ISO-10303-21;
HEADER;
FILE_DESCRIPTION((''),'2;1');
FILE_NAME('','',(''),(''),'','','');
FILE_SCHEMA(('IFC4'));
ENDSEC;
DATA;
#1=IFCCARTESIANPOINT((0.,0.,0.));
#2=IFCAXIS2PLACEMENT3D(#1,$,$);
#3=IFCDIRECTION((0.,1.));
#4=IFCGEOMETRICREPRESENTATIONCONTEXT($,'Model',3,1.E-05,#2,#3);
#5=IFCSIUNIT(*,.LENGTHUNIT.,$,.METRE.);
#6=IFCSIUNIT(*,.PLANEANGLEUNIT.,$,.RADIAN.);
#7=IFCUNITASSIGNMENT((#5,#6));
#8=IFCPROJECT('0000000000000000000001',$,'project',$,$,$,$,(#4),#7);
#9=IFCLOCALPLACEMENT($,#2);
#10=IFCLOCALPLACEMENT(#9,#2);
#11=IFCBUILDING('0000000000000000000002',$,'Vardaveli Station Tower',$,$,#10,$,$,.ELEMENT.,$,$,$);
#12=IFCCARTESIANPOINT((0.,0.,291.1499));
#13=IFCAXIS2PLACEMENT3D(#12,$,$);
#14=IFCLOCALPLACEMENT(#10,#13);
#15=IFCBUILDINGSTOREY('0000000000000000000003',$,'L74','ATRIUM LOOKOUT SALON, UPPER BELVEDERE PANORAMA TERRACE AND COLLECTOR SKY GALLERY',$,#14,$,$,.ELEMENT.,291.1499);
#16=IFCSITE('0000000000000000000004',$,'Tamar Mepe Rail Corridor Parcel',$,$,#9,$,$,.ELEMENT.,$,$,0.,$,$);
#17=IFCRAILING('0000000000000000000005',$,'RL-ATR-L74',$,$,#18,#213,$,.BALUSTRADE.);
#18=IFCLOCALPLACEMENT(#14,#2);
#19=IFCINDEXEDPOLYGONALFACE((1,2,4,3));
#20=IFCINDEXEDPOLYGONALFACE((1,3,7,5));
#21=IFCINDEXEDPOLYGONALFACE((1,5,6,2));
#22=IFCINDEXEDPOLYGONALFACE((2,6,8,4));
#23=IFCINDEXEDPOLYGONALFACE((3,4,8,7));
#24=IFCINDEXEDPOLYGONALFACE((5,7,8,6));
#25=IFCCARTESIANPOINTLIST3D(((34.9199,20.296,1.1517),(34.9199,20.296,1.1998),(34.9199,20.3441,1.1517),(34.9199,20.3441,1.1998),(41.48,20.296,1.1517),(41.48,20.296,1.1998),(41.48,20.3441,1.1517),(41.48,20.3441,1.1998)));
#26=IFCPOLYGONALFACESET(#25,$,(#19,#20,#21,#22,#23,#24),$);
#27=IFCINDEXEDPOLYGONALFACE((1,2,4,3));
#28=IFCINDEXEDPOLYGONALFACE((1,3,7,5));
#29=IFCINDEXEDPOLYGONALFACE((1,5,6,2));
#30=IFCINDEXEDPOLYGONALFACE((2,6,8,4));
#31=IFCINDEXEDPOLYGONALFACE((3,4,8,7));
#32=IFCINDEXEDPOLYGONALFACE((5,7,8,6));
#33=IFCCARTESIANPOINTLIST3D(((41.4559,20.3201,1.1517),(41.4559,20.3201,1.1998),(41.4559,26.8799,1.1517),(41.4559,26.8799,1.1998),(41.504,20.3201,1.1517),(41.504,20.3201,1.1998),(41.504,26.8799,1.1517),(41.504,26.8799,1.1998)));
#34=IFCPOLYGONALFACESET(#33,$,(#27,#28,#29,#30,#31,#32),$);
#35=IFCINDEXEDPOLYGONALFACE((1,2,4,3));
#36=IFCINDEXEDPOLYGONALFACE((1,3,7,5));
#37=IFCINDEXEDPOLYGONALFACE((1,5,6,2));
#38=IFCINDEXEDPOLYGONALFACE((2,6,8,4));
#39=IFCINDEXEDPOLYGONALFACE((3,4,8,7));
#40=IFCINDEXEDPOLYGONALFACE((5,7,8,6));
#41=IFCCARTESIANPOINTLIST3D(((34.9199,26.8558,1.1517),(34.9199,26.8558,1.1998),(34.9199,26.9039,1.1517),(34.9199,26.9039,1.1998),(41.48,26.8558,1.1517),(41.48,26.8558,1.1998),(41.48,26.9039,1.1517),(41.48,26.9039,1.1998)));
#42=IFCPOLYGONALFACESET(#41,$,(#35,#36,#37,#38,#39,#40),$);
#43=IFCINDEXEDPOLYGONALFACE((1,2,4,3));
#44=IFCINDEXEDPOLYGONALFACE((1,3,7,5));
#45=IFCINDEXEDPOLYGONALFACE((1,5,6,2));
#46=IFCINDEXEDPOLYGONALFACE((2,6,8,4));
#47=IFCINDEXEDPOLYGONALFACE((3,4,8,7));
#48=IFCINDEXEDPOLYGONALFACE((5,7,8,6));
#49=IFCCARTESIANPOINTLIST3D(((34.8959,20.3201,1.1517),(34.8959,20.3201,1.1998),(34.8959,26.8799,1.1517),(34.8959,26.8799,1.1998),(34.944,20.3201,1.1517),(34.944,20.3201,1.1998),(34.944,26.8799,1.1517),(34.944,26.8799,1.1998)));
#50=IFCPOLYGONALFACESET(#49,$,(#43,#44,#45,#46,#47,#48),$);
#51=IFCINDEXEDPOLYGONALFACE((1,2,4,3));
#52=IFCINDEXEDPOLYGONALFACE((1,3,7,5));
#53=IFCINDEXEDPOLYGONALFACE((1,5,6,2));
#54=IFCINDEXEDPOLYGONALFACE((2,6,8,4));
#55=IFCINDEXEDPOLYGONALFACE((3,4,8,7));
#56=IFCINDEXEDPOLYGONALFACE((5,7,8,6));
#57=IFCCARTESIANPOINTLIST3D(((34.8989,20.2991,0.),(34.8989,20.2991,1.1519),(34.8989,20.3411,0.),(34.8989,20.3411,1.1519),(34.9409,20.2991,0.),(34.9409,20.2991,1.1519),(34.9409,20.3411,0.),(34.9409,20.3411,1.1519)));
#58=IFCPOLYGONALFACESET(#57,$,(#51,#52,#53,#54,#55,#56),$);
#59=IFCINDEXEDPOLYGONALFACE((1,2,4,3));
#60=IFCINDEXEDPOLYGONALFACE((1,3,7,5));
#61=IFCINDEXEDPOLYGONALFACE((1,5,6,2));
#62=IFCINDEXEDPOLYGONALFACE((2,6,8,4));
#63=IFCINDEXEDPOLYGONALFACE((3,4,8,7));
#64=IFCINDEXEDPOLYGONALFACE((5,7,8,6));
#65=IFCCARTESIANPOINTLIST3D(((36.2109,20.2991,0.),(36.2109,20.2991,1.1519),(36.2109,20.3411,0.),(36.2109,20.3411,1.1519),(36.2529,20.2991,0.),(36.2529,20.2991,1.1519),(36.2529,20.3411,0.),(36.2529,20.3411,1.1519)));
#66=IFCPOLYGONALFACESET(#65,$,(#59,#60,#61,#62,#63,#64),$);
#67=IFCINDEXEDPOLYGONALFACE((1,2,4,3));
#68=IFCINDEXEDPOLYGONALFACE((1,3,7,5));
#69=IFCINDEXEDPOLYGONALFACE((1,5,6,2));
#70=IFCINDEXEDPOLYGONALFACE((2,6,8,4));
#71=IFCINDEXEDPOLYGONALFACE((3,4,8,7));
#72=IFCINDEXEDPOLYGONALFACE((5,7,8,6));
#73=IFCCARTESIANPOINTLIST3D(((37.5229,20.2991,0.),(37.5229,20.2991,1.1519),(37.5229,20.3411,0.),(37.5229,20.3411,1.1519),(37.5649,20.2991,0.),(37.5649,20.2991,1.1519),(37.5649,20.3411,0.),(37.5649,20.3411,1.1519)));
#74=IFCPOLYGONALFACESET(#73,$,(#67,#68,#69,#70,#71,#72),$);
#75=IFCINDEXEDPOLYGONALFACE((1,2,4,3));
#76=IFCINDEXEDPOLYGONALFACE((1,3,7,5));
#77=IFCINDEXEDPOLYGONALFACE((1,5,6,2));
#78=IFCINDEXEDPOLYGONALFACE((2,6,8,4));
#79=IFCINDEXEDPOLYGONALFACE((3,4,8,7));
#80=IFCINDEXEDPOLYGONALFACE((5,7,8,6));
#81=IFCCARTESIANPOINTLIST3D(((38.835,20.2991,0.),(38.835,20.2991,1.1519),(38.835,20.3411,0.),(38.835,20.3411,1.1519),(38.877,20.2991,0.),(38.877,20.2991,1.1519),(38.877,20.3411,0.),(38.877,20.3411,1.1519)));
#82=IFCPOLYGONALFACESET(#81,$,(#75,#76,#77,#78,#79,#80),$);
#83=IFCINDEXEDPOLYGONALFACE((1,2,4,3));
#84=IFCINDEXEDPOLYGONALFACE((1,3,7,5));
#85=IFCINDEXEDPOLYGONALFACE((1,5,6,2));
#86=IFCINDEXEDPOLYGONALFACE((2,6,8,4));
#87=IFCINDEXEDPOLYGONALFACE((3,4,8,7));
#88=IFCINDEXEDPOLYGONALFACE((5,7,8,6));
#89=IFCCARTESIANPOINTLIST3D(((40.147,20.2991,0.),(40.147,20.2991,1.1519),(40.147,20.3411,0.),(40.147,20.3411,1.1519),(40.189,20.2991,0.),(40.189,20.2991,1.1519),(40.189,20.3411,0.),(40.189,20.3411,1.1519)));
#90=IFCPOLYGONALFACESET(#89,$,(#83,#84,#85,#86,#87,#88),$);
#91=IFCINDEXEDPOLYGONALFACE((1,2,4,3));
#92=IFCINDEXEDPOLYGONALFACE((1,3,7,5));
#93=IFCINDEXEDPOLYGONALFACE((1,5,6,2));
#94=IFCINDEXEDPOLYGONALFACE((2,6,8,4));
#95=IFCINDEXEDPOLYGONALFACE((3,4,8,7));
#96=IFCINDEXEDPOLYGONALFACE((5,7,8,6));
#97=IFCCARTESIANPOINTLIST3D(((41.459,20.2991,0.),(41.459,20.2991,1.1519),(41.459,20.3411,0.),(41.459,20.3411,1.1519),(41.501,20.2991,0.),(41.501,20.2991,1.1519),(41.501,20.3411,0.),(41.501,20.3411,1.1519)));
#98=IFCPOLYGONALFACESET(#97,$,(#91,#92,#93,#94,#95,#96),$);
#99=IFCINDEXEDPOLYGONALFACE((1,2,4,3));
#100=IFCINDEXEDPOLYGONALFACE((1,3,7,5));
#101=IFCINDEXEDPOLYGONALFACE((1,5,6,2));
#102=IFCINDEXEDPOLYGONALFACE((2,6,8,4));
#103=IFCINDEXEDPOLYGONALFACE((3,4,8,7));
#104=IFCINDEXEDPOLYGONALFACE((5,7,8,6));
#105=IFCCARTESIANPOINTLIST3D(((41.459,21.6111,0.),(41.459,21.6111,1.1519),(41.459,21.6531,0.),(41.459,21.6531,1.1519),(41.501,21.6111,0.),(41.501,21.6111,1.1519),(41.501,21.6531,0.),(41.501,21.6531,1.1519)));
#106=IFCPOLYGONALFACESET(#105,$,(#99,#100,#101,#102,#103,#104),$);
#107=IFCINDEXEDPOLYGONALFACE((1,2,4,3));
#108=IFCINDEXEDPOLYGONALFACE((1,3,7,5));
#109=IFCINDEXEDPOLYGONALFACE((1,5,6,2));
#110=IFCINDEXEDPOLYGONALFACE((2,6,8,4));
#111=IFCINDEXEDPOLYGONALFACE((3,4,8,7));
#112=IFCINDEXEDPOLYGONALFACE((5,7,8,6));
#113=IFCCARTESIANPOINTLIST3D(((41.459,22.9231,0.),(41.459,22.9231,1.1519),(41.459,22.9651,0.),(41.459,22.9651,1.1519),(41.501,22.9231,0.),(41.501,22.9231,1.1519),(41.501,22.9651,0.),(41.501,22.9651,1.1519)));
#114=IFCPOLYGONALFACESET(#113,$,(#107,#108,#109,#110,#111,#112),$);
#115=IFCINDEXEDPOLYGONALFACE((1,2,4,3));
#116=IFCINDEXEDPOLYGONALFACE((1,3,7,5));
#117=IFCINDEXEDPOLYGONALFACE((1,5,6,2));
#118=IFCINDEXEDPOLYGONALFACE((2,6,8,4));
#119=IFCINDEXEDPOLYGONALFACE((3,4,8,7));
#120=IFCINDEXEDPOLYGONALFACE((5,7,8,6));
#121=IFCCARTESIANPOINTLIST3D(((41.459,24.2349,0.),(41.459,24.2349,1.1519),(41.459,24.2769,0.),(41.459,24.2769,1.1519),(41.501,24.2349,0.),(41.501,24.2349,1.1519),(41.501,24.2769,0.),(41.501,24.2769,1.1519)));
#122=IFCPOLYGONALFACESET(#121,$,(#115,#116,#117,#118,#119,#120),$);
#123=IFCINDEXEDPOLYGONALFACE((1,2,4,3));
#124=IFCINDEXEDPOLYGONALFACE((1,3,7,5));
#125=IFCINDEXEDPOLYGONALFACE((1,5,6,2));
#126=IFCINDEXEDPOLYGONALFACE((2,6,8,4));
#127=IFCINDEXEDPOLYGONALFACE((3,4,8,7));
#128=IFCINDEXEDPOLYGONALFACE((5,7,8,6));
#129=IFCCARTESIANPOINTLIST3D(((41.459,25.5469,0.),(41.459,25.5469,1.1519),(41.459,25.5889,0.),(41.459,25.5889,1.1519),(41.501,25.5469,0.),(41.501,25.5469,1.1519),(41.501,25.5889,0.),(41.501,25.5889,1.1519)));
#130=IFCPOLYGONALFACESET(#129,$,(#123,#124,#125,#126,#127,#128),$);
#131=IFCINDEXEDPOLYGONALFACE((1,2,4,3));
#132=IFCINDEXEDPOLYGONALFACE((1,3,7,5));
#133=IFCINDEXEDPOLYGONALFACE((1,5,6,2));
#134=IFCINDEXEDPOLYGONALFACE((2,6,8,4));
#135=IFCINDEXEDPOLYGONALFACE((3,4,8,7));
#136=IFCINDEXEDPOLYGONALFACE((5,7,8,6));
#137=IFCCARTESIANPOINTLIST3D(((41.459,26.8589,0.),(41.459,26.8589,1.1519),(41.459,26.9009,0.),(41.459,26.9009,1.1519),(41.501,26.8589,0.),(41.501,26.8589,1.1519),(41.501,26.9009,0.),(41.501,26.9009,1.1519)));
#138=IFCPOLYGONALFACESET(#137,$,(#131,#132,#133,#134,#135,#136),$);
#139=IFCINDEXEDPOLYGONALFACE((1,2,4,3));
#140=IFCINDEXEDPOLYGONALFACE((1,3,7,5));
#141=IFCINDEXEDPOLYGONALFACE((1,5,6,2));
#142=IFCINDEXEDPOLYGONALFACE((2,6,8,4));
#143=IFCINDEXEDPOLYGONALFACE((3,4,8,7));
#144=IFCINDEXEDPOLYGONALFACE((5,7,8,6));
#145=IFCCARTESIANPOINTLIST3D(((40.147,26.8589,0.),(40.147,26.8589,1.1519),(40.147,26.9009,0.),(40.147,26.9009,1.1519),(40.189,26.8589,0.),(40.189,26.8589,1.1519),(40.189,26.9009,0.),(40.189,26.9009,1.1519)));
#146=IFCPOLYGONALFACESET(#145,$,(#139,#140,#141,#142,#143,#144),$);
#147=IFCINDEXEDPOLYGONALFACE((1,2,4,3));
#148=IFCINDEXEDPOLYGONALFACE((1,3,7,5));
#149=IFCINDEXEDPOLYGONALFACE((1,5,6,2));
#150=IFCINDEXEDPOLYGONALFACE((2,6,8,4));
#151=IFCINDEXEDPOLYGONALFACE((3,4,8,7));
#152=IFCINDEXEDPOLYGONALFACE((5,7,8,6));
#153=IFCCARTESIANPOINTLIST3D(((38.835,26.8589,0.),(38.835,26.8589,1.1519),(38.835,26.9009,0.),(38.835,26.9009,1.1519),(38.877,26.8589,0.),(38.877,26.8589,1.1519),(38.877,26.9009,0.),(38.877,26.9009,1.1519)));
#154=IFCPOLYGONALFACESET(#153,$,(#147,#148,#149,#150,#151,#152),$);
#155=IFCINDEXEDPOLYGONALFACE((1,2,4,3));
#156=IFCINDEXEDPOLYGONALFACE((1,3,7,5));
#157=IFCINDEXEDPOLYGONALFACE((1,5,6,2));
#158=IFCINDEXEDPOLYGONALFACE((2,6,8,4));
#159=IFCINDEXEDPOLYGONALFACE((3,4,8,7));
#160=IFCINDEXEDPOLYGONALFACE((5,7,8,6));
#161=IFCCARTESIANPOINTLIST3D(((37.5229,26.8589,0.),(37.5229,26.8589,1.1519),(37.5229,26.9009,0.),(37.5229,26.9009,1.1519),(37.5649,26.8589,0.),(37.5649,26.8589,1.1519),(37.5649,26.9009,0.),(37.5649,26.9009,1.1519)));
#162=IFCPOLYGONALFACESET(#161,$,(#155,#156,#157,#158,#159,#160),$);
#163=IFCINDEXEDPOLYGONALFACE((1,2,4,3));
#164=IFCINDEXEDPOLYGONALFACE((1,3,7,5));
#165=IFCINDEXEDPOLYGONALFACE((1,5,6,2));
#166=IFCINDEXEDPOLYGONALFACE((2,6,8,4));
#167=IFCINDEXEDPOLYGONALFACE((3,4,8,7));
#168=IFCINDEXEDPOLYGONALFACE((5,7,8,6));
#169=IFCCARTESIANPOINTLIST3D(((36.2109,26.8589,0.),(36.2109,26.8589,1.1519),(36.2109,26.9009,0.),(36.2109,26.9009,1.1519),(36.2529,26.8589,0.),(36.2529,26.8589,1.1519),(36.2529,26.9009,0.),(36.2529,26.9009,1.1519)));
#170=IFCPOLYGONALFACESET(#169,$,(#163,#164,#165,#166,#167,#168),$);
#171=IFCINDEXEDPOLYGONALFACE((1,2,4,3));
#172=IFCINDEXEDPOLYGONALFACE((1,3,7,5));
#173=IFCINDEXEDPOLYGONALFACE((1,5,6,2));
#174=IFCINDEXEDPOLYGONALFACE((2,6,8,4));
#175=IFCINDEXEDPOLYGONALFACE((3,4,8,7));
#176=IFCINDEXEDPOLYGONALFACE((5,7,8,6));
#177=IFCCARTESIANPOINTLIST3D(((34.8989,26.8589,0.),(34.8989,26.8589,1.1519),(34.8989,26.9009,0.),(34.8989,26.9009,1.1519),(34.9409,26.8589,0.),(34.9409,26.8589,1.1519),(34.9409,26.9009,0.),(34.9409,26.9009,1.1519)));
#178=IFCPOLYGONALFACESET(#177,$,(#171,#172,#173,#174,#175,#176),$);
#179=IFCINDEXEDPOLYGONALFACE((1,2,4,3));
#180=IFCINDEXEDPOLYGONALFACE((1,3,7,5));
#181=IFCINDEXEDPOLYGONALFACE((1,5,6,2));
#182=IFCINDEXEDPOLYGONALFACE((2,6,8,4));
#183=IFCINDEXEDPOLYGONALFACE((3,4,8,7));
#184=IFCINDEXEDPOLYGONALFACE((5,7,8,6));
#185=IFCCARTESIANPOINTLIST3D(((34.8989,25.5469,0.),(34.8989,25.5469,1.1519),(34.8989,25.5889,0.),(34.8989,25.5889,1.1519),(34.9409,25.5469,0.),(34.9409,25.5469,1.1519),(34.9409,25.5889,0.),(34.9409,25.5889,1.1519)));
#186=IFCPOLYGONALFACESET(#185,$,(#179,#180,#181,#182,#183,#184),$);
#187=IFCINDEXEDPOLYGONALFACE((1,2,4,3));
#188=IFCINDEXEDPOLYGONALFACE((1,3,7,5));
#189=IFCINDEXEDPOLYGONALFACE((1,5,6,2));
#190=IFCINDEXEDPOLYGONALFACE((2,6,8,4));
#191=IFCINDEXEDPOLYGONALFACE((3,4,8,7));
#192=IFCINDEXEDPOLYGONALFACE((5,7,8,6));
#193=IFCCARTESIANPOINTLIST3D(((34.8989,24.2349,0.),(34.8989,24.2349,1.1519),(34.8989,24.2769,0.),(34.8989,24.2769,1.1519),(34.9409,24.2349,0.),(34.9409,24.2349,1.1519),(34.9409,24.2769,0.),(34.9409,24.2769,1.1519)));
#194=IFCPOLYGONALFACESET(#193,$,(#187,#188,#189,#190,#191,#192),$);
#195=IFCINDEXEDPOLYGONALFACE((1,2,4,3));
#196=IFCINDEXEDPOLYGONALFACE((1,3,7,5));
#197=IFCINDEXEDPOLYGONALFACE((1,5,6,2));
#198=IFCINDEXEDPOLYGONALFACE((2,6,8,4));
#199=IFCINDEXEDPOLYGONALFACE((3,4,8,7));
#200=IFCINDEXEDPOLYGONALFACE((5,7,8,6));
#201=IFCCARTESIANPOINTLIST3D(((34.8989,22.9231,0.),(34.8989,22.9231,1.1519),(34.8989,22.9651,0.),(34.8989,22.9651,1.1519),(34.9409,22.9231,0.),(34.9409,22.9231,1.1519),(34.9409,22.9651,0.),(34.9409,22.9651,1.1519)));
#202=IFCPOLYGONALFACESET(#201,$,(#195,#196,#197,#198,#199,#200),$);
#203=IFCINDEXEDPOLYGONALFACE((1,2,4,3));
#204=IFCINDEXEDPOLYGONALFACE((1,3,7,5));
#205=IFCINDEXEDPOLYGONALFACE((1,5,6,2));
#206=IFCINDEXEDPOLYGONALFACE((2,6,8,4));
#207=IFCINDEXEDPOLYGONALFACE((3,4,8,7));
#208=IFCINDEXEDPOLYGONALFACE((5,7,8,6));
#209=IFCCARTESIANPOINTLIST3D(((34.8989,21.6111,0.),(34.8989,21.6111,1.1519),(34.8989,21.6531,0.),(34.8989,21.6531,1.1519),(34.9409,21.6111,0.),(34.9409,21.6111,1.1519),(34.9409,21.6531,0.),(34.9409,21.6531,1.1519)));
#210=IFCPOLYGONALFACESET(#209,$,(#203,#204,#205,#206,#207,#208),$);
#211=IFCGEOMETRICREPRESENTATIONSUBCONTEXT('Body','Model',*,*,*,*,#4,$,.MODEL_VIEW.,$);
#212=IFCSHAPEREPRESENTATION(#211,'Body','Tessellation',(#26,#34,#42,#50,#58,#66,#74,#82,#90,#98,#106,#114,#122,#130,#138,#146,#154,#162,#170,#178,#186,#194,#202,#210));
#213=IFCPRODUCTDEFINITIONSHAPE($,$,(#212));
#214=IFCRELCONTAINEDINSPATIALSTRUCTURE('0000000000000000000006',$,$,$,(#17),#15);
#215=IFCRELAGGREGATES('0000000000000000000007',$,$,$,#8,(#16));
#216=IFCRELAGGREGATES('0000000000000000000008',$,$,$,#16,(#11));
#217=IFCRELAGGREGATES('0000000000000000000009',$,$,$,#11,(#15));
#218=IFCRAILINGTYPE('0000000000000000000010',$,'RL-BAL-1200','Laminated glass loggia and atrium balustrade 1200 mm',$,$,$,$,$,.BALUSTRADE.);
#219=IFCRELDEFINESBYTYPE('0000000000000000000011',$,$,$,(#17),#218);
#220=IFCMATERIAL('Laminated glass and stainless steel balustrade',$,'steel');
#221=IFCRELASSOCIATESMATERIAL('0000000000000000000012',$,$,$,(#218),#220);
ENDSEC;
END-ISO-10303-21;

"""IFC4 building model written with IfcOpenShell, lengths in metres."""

from ifc_helpers import new_model, si_unit, direction, frame, origin, origin_2d, place, context, subcontext, project, spatial, rectangle, extrude, source, transform, mapped, material, type_object, element, save


model = new_model("IFC4")

# Units and contexts
model_context = context("Model", 3, precision=1e-05, world=origin(), true_north=direction((0.0, 1.0)))
body_context = subcontext(model_context, "Body", "Model", "MODEL_VIEW")
ifc_project = project(units=[si_unit("LENGTHUNIT", "METRE"), si_unit("PLANEANGLEUNIT", "RADIAN")], contexts=[model_context])

# Site, building, storey
site_placement = place(None, origin())
site = spatial("IfcSite", under=ifc_project, at=site_placement, Name="Tamar Mepe Rail Corridor Parcel", CompositionType="ELEMENT", RefElevation=0.0)
building_placement = place(site_placement, origin())
building = spatial("IfcBuilding", under=site, at=building_placement, Name="Vardaveli Station Tower", CompositionType="ELEMENT")
storey_placement = place(building_placement, frame((0.0, 0.0, 291.1499)))
storey = spatial("IfcBuildingStorey", under=building, at=storey_placement, Name="L74", Description="ATRIUM LOOKOUT SALON, UPPER BELVEDERE PANORAMA TERRACE AND COLLECTOR SKY GALLERY", CompositionType="ELEMENT", Elevation=291.1499)

# Railing
ifc_material_1 = material(Name="Laminated glass and stainless steel balustrade", Category="steel")
railing_type = type_object("IfcRailingType", Name="RL-BAL-1200", Description="Laminated glass loggia and atrium balustrade 1200 mm", PredefinedType="BALUSTRADE", material=ifc_material_1)
shared_shape_1 = source(origin(), body_context, "Body", "SweptSolid", [
    extrude(rectangle(XDim=0.0481, YDim=0.0481, at=origin_2d()), frame((0.0, 0.0, 1.1758), z_axis=(1.0, 0.0, 0.0), x_axis=(0.0, 1.0, 0.0)), (0.0, 0.0, 1.0), 6.5601),
    extrude(rectangle(XDim=0.0481, YDim=0.0481, at=origin_2d()), frame((6.5601, 0.0, 1.1758), z_axis=(0.0, 1.0, 0.0), x_axis=(-1.0, 0.0, 0.0)), (0.0, 0.0, 1.0), 6.5598),
    extrude(rectangle(XDim=0.0481, YDim=0.0481, at=origin_2d()), frame((6.5601, 6.5598, 1.1758), z_axis=(-1.0, 0.0, 0.0), x_axis=(0.0, -1.0, 0.0)), (0.0, 0.0, 1.0), 6.5601),
    extrude(rectangle(XDim=0.0481, YDim=0.0481, at=origin_2d()), frame((0.0, 6.5598, 1.1758), z_axis=(0.0, -1.0, 0.0), x_axis=(1.0, 0.0, 0.0)), (0.0, 0.0, 1.0), 6.5598),
    extrude(rectangle(XDim=0.042, YDim=0.042, at=origin_2d()), origin(), (0.0, 0.0, 1.0), 1.1519),
    extrude(rectangle(XDim=0.042, YDim=0.042, at=origin_2d()), frame((1.312, 0.0, 0.0)), (0.0, 0.0, 1.0), 1.1519),
    extrude(rectangle(XDim=0.042, YDim=0.042, at=origin_2d()), frame((2.624, 0.0, 0.0)), (0.0, 0.0, 1.0), 1.1519),
    extrude(rectangle(XDim=0.042, YDim=0.042, at=origin_2d()), frame((3.936, 0.0, 0.0)), (0.0, 0.0, 1.0), 1.1519),
    extrude(rectangle(XDim=0.042, YDim=0.042, at=origin_2d()), frame((5.248, 0.0, 0.0)), (0.0, 0.0, 1.0), 1.1519),
    extrude(rectangle(XDim=0.042, YDim=0.042, at=origin_2d()), frame((6.5601, 0.0, 0.0)), (0.0, 0.0, 1.0), 1.1519),
    extrude(rectangle(XDim=0.042, YDim=0.042, at=origin_2d()), frame((6.5601, 1.312, 0.0)), (0.0, 0.0, 1.0), 1.1519),
    extrude(rectangle(XDim=0.042, YDim=0.042, at=origin_2d()), frame((6.5601, 2.624, 0.0)), (0.0, 0.0, 1.0), 1.1519),
    extrude(rectangle(XDim=0.042, YDim=0.042, at=origin_2d()), frame((6.5601, 3.9358, 0.0)), (0.0, 0.0, 1.0), 1.1519),
    extrude(rectangle(XDim=0.042, YDim=0.042, at=origin_2d()), frame((6.5601, 5.2478, 0.0)), (0.0, 0.0, 1.0), 1.1519),
    extrude(rectangle(XDim=0.042, YDim=0.042, at=origin_2d()), frame((6.5601, 6.5598, 0.0)), (0.0, 0.0, 1.0), 1.1519),
    extrude(rectangle(XDim=0.042, YDim=0.042, at=origin_2d()), frame((5.248, 6.5598, 0.0)), (0.0, 0.0, 1.0), 1.1519),
    extrude(rectangle(XDim=0.042, YDim=0.042, at=origin_2d()), frame((3.936, 6.5598, 0.0)), (0.0, 0.0, 1.0), 1.1519),
    extrude(rectangle(XDim=0.042, YDim=0.042, at=origin_2d()), frame((2.624, 6.5598, 0.0)), (0.0, 0.0, 1.0), 1.1519),
    extrude(rectangle(XDim=0.042, YDim=0.042, at=origin_2d()), frame((1.312, 6.5598, 0.0)), (0.0, 0.0, 1.0), 1.1519),
    extrude(rectangle(XDim=0.042, YDim=0.042, at=origin_2d()), frame((0.0, 6.5598, 0.0)), (0.0, 0.0, 1.0), 1.1519),
    extrude(rectangle(XDim=0.042, YDim=0.042, at=origin_2d()), frame((0.0, 5.2478, 0.0)), (0.0, 0.0, 1.0), 1.1519),
    extrude(rectangle(XDim=0.042, YDim=0.042, at=origin_2d()), frame((0.0, 3.9358, 0.0)), (0.0, 0.0, 1.0), 1.1519),
    extrude(rectangle(XDim=0.042, YDim=0.042, at=origin_2d()), frame((0.0, 2.624, 0.0)), (0.0, 0.0, 1.0), 1.1519),
    extrude(rectangle(XDim=0.042, YDim=0.042, at=origin_2d()), frame((0.0, 1.312, 0.0)), (0.0, 0.0, 1.0), 1.1519),
])
railing_placement = place(storey_placement, frame((34.9199, 20.3201, 0.0)))
element("IfcRailing", 1, at=railing_placement, inside=storey, type_object=railing_type, Name="RL-ATR-L74", PredefinedType="BALUSTRADE", context=body_context, shape_type="MappedRepresentation", body=[
    mapped(shared_shape_1, transform((0.0, 0.0, 0.0), scale=1.0)),
])

save(model, "model.ifc")
